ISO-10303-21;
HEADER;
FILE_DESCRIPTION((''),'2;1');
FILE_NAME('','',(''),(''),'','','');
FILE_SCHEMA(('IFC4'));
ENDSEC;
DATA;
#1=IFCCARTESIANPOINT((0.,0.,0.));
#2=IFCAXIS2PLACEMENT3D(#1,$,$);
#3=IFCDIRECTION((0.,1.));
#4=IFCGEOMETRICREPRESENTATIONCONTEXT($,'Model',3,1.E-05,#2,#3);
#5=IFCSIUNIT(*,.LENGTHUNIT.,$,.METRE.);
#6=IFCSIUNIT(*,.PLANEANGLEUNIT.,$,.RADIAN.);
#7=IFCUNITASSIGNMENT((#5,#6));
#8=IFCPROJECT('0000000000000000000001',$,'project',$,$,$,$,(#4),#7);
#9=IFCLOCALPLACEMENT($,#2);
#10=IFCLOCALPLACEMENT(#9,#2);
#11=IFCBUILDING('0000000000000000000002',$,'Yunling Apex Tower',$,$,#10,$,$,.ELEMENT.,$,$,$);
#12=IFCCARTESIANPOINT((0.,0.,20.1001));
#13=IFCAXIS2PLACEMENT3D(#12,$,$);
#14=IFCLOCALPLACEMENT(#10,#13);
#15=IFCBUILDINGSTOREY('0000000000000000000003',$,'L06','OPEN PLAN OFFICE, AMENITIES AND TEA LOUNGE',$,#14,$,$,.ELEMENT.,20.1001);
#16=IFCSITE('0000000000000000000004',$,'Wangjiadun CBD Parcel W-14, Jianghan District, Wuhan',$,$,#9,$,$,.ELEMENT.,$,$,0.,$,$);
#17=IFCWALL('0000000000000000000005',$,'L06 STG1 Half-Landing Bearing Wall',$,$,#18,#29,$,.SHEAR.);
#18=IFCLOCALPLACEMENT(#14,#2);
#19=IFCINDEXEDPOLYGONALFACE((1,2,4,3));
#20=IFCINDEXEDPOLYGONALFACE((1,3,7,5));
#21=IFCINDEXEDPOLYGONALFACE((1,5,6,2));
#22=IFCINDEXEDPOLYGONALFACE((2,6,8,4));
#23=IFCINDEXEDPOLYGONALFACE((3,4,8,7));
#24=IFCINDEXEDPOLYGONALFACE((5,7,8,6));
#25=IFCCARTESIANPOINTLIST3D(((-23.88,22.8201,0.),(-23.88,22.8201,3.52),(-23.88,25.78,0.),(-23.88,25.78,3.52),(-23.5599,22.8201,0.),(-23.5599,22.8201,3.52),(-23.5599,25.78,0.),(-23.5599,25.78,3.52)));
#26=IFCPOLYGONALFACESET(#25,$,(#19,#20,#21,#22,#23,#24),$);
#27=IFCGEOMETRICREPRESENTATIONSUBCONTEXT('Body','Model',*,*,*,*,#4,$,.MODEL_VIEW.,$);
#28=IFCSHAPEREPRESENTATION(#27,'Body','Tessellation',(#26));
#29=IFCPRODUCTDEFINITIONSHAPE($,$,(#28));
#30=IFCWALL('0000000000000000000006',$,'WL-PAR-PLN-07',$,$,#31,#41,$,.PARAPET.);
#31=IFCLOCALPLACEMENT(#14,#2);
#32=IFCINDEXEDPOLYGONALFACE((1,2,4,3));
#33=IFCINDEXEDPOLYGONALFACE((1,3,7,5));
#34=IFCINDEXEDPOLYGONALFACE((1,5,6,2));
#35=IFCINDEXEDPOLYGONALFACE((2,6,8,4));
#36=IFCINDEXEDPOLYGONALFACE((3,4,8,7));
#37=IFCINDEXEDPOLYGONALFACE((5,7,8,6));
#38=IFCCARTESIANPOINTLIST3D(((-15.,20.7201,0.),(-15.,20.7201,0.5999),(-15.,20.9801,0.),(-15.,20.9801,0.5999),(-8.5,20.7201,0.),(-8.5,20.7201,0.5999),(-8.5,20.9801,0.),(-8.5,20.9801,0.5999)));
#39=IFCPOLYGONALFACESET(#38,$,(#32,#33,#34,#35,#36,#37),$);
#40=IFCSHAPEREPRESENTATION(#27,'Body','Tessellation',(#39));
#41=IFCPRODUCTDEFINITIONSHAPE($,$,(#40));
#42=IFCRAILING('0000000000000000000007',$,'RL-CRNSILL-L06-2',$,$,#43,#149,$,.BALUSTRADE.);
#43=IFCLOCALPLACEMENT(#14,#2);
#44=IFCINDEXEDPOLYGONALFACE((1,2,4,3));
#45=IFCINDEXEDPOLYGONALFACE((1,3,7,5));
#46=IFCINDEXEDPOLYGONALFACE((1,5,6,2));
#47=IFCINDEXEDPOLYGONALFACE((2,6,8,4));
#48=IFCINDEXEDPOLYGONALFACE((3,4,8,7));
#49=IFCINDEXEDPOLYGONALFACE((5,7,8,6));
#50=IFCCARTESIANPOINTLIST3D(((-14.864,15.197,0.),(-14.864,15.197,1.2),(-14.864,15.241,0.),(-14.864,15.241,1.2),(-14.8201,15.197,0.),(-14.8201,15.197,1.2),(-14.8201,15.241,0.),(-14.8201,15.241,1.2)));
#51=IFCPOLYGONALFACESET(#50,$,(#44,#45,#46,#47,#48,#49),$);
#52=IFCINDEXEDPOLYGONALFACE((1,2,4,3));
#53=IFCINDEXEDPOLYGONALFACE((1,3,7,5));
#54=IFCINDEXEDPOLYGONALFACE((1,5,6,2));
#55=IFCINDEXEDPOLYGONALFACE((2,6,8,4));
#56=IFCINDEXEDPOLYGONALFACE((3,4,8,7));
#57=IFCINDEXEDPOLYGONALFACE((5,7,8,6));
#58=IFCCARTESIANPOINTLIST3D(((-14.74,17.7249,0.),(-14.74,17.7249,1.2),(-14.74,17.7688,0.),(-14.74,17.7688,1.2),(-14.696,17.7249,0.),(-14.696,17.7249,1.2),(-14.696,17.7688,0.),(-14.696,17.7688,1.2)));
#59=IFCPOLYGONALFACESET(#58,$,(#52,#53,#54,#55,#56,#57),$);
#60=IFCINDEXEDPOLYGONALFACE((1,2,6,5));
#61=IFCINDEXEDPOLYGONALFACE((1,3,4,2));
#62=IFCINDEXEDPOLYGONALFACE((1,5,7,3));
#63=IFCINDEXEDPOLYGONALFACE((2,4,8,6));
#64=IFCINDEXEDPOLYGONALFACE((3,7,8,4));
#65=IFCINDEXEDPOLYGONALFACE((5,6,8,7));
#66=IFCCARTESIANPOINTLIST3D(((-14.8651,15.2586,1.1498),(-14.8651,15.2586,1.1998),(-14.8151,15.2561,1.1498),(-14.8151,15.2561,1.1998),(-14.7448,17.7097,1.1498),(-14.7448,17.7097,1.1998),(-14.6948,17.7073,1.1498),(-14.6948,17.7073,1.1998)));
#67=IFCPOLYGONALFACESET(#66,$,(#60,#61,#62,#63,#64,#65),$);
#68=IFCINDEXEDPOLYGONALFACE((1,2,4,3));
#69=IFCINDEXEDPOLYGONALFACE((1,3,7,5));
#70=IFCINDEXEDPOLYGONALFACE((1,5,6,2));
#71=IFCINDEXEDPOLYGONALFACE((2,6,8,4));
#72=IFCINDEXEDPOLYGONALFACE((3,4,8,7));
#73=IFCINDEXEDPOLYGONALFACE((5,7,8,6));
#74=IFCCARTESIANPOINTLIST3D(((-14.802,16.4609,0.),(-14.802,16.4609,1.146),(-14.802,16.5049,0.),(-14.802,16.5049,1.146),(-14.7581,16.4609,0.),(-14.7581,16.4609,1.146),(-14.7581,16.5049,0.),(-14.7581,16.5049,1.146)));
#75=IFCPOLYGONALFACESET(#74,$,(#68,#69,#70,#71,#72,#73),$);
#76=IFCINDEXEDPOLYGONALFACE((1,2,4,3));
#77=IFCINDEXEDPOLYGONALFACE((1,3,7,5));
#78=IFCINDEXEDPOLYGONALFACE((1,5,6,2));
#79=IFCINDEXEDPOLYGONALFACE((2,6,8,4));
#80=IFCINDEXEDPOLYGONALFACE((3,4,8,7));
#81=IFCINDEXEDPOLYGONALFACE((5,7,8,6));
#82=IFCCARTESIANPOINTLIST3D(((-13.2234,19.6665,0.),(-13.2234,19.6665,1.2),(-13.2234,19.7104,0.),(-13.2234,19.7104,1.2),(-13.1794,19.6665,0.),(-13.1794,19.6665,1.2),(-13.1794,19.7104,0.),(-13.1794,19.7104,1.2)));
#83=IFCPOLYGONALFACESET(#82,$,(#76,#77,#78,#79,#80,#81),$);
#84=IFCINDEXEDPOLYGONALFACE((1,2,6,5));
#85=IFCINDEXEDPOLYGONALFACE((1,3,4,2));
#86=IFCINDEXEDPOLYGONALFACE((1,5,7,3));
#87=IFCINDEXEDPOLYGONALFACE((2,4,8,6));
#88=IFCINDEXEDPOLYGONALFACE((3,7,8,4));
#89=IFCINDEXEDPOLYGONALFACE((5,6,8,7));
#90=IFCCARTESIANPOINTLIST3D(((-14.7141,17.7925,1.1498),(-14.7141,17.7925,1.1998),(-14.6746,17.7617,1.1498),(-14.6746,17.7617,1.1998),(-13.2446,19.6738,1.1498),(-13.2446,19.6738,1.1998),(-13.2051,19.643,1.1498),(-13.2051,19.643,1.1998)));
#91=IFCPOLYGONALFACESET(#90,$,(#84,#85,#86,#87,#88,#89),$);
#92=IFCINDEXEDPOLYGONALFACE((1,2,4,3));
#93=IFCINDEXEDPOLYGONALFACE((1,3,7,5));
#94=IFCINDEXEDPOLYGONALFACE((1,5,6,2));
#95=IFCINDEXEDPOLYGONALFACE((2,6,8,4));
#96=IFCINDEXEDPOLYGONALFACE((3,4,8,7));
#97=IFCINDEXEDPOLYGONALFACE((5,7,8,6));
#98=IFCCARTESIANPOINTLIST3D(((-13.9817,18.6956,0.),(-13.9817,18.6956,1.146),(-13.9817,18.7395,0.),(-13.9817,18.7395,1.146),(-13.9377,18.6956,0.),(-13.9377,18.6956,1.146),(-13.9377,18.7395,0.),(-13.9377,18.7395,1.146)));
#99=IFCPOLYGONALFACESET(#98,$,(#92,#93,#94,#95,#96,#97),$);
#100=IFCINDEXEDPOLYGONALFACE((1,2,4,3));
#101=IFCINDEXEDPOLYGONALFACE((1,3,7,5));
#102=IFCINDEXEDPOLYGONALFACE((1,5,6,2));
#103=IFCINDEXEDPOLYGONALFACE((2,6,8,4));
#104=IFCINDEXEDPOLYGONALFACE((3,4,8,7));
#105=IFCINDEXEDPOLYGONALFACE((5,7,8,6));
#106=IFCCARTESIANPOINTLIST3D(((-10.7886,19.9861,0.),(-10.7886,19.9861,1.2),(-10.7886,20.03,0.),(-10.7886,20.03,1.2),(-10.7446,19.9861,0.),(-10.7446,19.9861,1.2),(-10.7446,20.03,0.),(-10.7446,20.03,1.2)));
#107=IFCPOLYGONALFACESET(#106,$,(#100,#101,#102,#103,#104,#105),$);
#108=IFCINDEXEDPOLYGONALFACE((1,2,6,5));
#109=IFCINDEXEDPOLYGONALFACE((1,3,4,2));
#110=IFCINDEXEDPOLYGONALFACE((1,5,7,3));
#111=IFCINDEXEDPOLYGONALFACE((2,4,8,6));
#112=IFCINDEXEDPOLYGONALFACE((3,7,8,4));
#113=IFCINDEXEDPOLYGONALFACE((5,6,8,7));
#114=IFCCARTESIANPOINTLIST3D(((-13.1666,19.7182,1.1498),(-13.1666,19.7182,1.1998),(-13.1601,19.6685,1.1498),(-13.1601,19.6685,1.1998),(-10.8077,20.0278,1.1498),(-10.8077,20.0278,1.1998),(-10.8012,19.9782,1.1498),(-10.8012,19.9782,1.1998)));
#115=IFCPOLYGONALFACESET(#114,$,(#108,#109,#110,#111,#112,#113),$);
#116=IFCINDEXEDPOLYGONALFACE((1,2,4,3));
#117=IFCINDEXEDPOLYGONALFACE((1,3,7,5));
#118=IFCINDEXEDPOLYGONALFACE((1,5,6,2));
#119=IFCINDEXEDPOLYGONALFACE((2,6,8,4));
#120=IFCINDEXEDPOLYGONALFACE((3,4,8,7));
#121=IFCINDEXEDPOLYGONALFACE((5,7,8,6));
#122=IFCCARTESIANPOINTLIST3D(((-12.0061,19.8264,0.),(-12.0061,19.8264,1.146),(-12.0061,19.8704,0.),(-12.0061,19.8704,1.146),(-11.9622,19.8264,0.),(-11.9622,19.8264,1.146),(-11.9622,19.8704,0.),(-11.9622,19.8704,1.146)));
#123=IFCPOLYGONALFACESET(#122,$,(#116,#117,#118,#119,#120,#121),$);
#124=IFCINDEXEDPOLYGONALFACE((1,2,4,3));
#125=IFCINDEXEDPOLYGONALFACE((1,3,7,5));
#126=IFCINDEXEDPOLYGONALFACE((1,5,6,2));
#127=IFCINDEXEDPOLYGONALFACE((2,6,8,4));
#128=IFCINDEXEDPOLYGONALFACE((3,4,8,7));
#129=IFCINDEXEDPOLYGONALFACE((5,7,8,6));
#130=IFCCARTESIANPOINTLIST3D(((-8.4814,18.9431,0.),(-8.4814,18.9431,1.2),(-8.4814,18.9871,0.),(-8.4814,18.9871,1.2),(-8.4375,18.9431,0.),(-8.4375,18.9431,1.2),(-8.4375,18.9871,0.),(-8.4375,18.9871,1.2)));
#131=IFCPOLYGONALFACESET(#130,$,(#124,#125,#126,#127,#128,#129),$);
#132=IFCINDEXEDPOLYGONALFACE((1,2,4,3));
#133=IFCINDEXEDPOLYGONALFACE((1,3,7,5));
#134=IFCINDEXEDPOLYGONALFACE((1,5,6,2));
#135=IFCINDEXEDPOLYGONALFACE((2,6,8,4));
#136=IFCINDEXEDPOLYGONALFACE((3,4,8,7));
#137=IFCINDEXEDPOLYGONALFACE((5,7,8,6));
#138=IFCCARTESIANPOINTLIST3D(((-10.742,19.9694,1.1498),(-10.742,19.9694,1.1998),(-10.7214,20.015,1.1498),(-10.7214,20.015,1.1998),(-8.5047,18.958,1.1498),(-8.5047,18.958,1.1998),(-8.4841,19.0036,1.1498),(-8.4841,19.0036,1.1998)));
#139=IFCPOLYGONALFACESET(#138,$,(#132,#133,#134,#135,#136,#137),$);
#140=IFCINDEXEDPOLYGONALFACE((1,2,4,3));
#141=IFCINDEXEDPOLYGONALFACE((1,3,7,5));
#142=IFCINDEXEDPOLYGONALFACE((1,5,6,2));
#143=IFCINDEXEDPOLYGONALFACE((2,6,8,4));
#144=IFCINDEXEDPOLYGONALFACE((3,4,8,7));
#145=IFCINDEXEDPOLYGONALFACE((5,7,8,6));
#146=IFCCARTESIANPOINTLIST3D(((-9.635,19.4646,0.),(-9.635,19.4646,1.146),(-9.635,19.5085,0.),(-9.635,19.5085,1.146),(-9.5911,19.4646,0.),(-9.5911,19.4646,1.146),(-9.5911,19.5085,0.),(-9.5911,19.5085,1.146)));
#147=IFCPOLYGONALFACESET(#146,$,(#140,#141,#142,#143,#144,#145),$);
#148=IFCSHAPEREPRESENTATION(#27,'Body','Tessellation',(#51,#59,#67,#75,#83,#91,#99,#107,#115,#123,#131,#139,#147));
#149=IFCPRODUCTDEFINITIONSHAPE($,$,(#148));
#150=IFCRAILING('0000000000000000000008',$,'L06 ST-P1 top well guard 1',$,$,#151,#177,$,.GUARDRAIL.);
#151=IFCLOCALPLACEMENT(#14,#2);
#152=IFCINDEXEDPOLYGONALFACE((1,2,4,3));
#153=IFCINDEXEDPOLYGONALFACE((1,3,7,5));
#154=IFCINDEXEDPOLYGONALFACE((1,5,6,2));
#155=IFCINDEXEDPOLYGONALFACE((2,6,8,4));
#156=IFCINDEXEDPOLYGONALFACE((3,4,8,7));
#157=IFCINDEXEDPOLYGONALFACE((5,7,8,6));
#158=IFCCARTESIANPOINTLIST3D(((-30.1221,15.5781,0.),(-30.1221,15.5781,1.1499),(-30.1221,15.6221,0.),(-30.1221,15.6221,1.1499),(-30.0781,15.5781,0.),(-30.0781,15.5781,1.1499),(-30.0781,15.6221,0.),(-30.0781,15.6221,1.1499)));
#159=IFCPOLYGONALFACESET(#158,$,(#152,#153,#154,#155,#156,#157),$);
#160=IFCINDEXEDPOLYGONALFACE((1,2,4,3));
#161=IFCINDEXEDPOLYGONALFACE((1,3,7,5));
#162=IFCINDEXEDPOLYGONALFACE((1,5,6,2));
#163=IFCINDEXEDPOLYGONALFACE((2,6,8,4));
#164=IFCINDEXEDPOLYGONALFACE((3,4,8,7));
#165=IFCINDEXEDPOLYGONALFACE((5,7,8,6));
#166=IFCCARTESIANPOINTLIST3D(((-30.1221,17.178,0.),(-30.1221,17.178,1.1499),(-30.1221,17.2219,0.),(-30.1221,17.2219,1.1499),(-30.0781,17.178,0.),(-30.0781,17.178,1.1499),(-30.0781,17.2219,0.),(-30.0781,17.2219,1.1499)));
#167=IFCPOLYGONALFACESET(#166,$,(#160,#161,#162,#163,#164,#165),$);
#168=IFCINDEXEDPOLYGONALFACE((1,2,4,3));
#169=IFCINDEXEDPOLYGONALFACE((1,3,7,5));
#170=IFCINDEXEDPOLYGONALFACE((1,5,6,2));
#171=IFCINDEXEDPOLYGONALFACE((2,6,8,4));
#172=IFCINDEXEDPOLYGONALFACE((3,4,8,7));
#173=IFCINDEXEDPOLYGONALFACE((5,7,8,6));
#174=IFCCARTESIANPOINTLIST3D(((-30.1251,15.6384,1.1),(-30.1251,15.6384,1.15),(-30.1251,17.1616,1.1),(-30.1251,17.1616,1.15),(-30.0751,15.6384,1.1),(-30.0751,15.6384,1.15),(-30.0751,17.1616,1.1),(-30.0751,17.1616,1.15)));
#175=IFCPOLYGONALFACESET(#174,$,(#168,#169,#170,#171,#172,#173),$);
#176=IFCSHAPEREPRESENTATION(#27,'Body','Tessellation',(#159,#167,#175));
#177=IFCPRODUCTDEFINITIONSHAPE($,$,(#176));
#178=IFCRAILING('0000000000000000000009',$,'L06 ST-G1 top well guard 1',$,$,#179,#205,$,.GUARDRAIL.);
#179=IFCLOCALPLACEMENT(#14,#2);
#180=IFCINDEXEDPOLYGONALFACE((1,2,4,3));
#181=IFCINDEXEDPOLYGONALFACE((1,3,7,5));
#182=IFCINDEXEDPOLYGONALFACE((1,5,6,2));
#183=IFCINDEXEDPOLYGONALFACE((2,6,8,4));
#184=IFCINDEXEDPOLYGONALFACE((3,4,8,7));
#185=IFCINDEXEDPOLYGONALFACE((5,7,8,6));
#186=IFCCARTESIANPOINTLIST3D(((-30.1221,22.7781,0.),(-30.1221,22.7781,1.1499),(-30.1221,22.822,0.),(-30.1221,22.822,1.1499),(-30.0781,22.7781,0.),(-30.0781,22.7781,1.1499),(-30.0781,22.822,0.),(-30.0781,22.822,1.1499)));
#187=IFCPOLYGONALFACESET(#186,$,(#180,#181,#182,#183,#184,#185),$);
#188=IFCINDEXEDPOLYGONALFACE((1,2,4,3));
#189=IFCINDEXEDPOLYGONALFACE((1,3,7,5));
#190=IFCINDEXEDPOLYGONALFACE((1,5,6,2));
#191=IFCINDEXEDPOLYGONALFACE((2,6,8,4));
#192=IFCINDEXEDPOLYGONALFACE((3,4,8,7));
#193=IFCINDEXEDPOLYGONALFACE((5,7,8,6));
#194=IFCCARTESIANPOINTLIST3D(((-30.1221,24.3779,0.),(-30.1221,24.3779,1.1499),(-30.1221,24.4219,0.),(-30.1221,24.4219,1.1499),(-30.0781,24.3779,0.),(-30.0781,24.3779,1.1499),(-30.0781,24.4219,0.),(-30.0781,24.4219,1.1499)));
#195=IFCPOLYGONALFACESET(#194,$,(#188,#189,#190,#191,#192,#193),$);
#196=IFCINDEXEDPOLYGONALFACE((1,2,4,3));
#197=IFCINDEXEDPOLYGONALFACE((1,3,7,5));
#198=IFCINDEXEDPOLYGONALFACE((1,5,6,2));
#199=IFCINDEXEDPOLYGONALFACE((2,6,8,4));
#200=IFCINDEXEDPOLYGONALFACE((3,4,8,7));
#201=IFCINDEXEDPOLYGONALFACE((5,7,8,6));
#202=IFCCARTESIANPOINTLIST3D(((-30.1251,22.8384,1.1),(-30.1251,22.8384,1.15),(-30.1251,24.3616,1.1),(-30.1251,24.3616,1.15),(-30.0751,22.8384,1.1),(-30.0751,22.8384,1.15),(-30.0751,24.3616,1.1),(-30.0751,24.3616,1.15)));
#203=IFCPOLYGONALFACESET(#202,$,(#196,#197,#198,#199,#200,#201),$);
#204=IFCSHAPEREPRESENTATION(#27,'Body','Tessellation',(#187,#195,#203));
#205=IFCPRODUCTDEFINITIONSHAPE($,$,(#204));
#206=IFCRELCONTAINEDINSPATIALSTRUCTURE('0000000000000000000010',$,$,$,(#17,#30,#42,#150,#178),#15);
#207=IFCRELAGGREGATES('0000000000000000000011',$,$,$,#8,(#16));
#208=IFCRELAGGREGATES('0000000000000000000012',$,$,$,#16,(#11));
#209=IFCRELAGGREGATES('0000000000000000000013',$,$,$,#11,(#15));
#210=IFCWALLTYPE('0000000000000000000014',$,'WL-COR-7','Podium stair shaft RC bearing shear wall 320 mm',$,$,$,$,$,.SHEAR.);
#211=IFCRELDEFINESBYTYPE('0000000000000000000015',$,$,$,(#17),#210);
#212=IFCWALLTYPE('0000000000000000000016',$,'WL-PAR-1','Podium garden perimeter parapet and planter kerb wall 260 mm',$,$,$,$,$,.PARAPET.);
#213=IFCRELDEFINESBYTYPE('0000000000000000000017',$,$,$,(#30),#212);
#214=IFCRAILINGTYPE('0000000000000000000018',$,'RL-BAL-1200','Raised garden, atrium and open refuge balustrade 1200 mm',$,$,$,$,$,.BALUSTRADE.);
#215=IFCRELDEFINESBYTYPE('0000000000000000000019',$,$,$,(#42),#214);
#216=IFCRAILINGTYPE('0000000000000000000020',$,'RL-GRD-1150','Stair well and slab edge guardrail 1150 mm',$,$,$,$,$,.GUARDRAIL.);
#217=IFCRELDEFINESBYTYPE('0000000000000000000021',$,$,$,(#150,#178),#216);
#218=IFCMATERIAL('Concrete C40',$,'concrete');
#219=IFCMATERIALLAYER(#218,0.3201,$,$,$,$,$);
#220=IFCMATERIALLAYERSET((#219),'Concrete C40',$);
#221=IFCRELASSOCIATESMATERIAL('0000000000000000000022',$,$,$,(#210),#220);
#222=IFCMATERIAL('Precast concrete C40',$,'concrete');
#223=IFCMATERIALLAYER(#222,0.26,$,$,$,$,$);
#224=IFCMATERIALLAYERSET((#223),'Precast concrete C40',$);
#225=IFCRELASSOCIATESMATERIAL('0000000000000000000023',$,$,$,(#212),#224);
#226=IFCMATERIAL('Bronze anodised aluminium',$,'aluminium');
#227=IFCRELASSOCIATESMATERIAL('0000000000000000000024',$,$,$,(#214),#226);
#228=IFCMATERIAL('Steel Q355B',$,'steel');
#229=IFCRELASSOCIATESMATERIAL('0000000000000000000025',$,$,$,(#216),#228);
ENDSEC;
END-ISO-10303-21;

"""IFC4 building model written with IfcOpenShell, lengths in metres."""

from ifc_helpers import new_model, si_unit, direction, frame, frame_2d, origin, origin_2d, place, context, subcontext, project, spatial, rectangle, extrude, material, layer, layer_set, type_object, element, save


model = new_model("IFC4")

# Units and contexts
model_context = context("Model", 3, precision=1e-05, world=origin(), true_north=direction((0.0, 1.0)))
body_context = subcontext(model_context, "Body", "Model", "MODEL_VIEW")
ifc_project = project(units=[si_unit("LENGTHUNIT", "METRE"), si_unit("PLANEANGLEUNIT", "RADIAN")], contexts=[model_context])

# Site, building, storey
site_placement = place(None, origin())
site = spatial("IfcSite", under=ifc_project, at=site_placement, Name="Wangjiadun CBD Parcel W-14, Jianghan District, Wuhan", CompositionType="ELEMENT", RefElevation=0.0)
building_placement = place(site_placement, origin())
building = spatial("IfcBuilding", under=site, at=building_placement, Name="Yunling Apex Tower", CompositionType="ELEMENT")
storey_placement = place(building_placement, frame((0.0, 0.0, 20.1001)))
storey = spatial("IfcBuildingStorey", under=building, at=storey_placement, Name="L06", Description="OPEN PLAN OFFICE, AMENITIES AND TEA LOUNGE", CompositionType="ELEMENT", Elevation=20.1001)

# Shared definitions
ifc_material_1 = material(Name="Steel Q355B", Category="steel")

# Shared definitions
ifc_material_2 = material(Name="Bronze anodised aluminium", Category="aluminium")

# Walls
ifc_material_3 = material(Name="Concrete C40", Category="concrete")
ifc_layer_1 = layer(ifc_material_3, 0.3201)
ifc_layer_set_1 = layer_set([ifc_layer_1], Name="Concrete C40")
wall_type_1 = type_object("IfcWallType", Name="WL-COR-7", Description="Podium stair shaft RC bearing shear wall 320 mm", PredefinedType="SHEAR", material=ifc_layer_set_1)
wall_1_placement = place(storey_placement, frame((-23.72, 22.8201, 0.0), z_axis=(0.0, 0.0, 1.0), x_axis=(0.0, 1.0, 0.0)))
element("IfcWall", 1, at=wall_1_placement, inside=storey, type_object=wall_type_1, Name="L06 STG1 Half-Landing Bearing Wall", PredefinedType="SHEAR", context=body_context, shape_type="SweptSolid", body=[
    extrude(rectangle(XDim=2.96, YDim=0.3201, at=frame_2d((1.48, 0.0))), origin(), (0.0, 0.0, 1.0), 3.52),
])
ifc_material_4 = material(Name="Precast concrete C40", Category="concrete")
ifc_layer_2 = layer(ifc_material_4, 0.26)
ifc_layer_set_2 = layer_set([ifc_layer_2], Name="Precast concrete C40")
wall_type_2 = type_object("IfcWallType", Name="WL-PAR-1", Description="Podium garden perimeter parapet and planter kerb wall 260 mm", PredefinedType="PARAPET", material=ifc_layer_set_2)
wall_2_placement = place(storey_placement, frame((-15.0, 20.8501, 0.0), z_axis=(0.0, 0.0, 1.0), x_axis=(1.0, 0.0, 0.0)))
element("IfcWall", 2, at=wall_2_placement, inside=storey, type_object=wall_type_2, Name="WL-PAR-PLN-07", PredefinedType="PARAPET", context=body_context, shape_type="SweptSolid", body=[
    extrude(rectangle(XDim=6.5, YDim=0.26, at=frame_2d((3.25, 0.0))), origin(), (0.0, 0.0, 1.0), 0.5999),
])

# Railings
railing_type_1 = type_object("IfcRailingType", Name="RL-BAL-1200", Description="Raised garden, atrium and open refuge balustrade 1200 mm", PredefinedType="BALUSTRADE", material=ifc_material_2)
railing_placement = place(storey_placement, frame((-14.842, 15.219, 0.0)))
element("IfcRailing", 3, at=railing_placement, inside=storey, type_object=railing_type_1, Name="RL-CRNSILL-L06-2", PredefinedType="BALUSTRADE", context=body_context, shape_type="SweptSolid", body=[
    extrude(rectangle(XDim=0.0439, YDim=0.0439, at=origin_2d()), origin(), (0.0, 0.0, 1.0), 1.2),
    extrude(rectangle(XDim=0.0439, YDim=0.0439, at=origin_2d()), frame((0.124, 2.5278, 0.0)), (0.0, 0.0, 1.0), 1.2),
    extrude(rectangle(XDim=0.05, YDim=0.05, at=origin_2d()), frame((0.002, 0.0383, 1.1748), z_axis=(0.049004, 0.998799, 0.0), x_axis=(-0.998799, 0.049004, 0.0)), (0.0, 0.0, 1.0), 2.4541),
    extrude(rectangle(XDim=0.0439, YDim=0.0439, at=origin_2d()), frame((0.062, 1.2639, 0.0)), (0.0, 0.0, 1.0), 1.146),
    extrude(rectangle(XDim=0.0439, YDim=0.0439, at=origin_2d()), frame((1.6406, 4.4695, 0.0)), (0.0, 0.0, 1.0), 1.2),
    extrude(rectangle(XDim=0.05, YDim=0.05, at=origin_2d()), frame((0.1477, 2.5581, 1.1748), z_axis=(0.615565, 0.788086, 0.0), x_axis=(-0.788086, 0.615565, 0.0)), (0.0, 0.0, 1.0), 2.3872),
    extrude(rectangle(XDim=0.0439, YDim=0.0439, at=origin_2d()), frame((0.8823, 3.4985, 0.0)), (0.0, 0.0, 1.0), 1.146),
    extrude(rectangle(XDim=0.0439, YDim=0.0439, at=origin_2d()), frame((4.0754, 4.7891, 0.0)), (0.0, 0.0, 1.0), 1.2),
    extrude(rectangle(XDim=0.05, YDim=0.05, at=origin_2d()), frame((1.6787, 4.4744, 1.1748), z_axis=(0.991496, 0.130138, 0.0), x_axis=(-0.130138, 0.991496, 0.0)), (0.0, 0.0, 1.0), 2.3792),
    extrude(rectangle(XDim=0.0439, YDim=0.0439, at=origin_2d()), frame((2.8579, 4.6294, 0.0)), (0.0, 0.0, 1.0), 1.146),
    extrude(rectangle(XDim=0.0439, YDim=0.0439, at=origin_2d()), frame((6.3826, 3.7461, 0.0)), (0.0, 0.0, 1.0), 1.2),
    extrude(rectangle(XDim=0.05, YDim=0.05, at=origin_2d()), frame((4.1104, 4.7732, 1.1748), z_axis=(0.911217, -0.411928, 0.0), x_axis=(0.411928, 0.911217, 0.0)), (0.0, 0.0, 1.0), 2.4553),
    extrude(rectangle(XDim=0.0439, YDim=0.0439, at=origin_2d()), frame((5.229, 4.2676, 0.0)), (0.0, 0.0, 1.0), 1.146),
])
railing_type_2 = type_object("IfcRailingType", Name="RL-GRD-1150", Description="Stair well and slab edge guardrail 1150 mm", PredefinedType="GUARDRAIL", material=ifc_material_1)
for number, where, name in (
    (4, (-30.1001, 15.6001, 0.0), "L06 ST-P1 top well guard 1"),
    (5, (-30.1001, 22.8, 0.0), "L06 ST-G1 top well guard 1"),
):
    element("IfcRailing", number, at=place(storey_placement, frame(where)), inside=storey, type_object=railing_type_2, Name=name, PredefinedType="GUARDRAIL", context=body_context, shape_type="SweptSolid", body=[
        extrude(rectangle(XDim=0.0439, YDim=0.0439, at=origin_2d()), origin(), (0.0, 0.0, 1.0), 1.1499),
        extrude(rectangle(XDim=0.0439, YDim=0.0439, at=origin_2d()), frame((0.0, 1.5999, 0.0)), (0.0, 0.0, 1.0), 1.1499),
        extrude(rectangle(XDim=0.05, YDim=0.05, at=origin_2d()), frame((0.0, 0.0383, 1.125), z_axis=(0.0, 1.0, 0.0), x_axis=(-1.0, 0.0, 0.0)), (0.0, 0.0, 1.0), 1.5232),
    ])

save(model, "model.ifc")
